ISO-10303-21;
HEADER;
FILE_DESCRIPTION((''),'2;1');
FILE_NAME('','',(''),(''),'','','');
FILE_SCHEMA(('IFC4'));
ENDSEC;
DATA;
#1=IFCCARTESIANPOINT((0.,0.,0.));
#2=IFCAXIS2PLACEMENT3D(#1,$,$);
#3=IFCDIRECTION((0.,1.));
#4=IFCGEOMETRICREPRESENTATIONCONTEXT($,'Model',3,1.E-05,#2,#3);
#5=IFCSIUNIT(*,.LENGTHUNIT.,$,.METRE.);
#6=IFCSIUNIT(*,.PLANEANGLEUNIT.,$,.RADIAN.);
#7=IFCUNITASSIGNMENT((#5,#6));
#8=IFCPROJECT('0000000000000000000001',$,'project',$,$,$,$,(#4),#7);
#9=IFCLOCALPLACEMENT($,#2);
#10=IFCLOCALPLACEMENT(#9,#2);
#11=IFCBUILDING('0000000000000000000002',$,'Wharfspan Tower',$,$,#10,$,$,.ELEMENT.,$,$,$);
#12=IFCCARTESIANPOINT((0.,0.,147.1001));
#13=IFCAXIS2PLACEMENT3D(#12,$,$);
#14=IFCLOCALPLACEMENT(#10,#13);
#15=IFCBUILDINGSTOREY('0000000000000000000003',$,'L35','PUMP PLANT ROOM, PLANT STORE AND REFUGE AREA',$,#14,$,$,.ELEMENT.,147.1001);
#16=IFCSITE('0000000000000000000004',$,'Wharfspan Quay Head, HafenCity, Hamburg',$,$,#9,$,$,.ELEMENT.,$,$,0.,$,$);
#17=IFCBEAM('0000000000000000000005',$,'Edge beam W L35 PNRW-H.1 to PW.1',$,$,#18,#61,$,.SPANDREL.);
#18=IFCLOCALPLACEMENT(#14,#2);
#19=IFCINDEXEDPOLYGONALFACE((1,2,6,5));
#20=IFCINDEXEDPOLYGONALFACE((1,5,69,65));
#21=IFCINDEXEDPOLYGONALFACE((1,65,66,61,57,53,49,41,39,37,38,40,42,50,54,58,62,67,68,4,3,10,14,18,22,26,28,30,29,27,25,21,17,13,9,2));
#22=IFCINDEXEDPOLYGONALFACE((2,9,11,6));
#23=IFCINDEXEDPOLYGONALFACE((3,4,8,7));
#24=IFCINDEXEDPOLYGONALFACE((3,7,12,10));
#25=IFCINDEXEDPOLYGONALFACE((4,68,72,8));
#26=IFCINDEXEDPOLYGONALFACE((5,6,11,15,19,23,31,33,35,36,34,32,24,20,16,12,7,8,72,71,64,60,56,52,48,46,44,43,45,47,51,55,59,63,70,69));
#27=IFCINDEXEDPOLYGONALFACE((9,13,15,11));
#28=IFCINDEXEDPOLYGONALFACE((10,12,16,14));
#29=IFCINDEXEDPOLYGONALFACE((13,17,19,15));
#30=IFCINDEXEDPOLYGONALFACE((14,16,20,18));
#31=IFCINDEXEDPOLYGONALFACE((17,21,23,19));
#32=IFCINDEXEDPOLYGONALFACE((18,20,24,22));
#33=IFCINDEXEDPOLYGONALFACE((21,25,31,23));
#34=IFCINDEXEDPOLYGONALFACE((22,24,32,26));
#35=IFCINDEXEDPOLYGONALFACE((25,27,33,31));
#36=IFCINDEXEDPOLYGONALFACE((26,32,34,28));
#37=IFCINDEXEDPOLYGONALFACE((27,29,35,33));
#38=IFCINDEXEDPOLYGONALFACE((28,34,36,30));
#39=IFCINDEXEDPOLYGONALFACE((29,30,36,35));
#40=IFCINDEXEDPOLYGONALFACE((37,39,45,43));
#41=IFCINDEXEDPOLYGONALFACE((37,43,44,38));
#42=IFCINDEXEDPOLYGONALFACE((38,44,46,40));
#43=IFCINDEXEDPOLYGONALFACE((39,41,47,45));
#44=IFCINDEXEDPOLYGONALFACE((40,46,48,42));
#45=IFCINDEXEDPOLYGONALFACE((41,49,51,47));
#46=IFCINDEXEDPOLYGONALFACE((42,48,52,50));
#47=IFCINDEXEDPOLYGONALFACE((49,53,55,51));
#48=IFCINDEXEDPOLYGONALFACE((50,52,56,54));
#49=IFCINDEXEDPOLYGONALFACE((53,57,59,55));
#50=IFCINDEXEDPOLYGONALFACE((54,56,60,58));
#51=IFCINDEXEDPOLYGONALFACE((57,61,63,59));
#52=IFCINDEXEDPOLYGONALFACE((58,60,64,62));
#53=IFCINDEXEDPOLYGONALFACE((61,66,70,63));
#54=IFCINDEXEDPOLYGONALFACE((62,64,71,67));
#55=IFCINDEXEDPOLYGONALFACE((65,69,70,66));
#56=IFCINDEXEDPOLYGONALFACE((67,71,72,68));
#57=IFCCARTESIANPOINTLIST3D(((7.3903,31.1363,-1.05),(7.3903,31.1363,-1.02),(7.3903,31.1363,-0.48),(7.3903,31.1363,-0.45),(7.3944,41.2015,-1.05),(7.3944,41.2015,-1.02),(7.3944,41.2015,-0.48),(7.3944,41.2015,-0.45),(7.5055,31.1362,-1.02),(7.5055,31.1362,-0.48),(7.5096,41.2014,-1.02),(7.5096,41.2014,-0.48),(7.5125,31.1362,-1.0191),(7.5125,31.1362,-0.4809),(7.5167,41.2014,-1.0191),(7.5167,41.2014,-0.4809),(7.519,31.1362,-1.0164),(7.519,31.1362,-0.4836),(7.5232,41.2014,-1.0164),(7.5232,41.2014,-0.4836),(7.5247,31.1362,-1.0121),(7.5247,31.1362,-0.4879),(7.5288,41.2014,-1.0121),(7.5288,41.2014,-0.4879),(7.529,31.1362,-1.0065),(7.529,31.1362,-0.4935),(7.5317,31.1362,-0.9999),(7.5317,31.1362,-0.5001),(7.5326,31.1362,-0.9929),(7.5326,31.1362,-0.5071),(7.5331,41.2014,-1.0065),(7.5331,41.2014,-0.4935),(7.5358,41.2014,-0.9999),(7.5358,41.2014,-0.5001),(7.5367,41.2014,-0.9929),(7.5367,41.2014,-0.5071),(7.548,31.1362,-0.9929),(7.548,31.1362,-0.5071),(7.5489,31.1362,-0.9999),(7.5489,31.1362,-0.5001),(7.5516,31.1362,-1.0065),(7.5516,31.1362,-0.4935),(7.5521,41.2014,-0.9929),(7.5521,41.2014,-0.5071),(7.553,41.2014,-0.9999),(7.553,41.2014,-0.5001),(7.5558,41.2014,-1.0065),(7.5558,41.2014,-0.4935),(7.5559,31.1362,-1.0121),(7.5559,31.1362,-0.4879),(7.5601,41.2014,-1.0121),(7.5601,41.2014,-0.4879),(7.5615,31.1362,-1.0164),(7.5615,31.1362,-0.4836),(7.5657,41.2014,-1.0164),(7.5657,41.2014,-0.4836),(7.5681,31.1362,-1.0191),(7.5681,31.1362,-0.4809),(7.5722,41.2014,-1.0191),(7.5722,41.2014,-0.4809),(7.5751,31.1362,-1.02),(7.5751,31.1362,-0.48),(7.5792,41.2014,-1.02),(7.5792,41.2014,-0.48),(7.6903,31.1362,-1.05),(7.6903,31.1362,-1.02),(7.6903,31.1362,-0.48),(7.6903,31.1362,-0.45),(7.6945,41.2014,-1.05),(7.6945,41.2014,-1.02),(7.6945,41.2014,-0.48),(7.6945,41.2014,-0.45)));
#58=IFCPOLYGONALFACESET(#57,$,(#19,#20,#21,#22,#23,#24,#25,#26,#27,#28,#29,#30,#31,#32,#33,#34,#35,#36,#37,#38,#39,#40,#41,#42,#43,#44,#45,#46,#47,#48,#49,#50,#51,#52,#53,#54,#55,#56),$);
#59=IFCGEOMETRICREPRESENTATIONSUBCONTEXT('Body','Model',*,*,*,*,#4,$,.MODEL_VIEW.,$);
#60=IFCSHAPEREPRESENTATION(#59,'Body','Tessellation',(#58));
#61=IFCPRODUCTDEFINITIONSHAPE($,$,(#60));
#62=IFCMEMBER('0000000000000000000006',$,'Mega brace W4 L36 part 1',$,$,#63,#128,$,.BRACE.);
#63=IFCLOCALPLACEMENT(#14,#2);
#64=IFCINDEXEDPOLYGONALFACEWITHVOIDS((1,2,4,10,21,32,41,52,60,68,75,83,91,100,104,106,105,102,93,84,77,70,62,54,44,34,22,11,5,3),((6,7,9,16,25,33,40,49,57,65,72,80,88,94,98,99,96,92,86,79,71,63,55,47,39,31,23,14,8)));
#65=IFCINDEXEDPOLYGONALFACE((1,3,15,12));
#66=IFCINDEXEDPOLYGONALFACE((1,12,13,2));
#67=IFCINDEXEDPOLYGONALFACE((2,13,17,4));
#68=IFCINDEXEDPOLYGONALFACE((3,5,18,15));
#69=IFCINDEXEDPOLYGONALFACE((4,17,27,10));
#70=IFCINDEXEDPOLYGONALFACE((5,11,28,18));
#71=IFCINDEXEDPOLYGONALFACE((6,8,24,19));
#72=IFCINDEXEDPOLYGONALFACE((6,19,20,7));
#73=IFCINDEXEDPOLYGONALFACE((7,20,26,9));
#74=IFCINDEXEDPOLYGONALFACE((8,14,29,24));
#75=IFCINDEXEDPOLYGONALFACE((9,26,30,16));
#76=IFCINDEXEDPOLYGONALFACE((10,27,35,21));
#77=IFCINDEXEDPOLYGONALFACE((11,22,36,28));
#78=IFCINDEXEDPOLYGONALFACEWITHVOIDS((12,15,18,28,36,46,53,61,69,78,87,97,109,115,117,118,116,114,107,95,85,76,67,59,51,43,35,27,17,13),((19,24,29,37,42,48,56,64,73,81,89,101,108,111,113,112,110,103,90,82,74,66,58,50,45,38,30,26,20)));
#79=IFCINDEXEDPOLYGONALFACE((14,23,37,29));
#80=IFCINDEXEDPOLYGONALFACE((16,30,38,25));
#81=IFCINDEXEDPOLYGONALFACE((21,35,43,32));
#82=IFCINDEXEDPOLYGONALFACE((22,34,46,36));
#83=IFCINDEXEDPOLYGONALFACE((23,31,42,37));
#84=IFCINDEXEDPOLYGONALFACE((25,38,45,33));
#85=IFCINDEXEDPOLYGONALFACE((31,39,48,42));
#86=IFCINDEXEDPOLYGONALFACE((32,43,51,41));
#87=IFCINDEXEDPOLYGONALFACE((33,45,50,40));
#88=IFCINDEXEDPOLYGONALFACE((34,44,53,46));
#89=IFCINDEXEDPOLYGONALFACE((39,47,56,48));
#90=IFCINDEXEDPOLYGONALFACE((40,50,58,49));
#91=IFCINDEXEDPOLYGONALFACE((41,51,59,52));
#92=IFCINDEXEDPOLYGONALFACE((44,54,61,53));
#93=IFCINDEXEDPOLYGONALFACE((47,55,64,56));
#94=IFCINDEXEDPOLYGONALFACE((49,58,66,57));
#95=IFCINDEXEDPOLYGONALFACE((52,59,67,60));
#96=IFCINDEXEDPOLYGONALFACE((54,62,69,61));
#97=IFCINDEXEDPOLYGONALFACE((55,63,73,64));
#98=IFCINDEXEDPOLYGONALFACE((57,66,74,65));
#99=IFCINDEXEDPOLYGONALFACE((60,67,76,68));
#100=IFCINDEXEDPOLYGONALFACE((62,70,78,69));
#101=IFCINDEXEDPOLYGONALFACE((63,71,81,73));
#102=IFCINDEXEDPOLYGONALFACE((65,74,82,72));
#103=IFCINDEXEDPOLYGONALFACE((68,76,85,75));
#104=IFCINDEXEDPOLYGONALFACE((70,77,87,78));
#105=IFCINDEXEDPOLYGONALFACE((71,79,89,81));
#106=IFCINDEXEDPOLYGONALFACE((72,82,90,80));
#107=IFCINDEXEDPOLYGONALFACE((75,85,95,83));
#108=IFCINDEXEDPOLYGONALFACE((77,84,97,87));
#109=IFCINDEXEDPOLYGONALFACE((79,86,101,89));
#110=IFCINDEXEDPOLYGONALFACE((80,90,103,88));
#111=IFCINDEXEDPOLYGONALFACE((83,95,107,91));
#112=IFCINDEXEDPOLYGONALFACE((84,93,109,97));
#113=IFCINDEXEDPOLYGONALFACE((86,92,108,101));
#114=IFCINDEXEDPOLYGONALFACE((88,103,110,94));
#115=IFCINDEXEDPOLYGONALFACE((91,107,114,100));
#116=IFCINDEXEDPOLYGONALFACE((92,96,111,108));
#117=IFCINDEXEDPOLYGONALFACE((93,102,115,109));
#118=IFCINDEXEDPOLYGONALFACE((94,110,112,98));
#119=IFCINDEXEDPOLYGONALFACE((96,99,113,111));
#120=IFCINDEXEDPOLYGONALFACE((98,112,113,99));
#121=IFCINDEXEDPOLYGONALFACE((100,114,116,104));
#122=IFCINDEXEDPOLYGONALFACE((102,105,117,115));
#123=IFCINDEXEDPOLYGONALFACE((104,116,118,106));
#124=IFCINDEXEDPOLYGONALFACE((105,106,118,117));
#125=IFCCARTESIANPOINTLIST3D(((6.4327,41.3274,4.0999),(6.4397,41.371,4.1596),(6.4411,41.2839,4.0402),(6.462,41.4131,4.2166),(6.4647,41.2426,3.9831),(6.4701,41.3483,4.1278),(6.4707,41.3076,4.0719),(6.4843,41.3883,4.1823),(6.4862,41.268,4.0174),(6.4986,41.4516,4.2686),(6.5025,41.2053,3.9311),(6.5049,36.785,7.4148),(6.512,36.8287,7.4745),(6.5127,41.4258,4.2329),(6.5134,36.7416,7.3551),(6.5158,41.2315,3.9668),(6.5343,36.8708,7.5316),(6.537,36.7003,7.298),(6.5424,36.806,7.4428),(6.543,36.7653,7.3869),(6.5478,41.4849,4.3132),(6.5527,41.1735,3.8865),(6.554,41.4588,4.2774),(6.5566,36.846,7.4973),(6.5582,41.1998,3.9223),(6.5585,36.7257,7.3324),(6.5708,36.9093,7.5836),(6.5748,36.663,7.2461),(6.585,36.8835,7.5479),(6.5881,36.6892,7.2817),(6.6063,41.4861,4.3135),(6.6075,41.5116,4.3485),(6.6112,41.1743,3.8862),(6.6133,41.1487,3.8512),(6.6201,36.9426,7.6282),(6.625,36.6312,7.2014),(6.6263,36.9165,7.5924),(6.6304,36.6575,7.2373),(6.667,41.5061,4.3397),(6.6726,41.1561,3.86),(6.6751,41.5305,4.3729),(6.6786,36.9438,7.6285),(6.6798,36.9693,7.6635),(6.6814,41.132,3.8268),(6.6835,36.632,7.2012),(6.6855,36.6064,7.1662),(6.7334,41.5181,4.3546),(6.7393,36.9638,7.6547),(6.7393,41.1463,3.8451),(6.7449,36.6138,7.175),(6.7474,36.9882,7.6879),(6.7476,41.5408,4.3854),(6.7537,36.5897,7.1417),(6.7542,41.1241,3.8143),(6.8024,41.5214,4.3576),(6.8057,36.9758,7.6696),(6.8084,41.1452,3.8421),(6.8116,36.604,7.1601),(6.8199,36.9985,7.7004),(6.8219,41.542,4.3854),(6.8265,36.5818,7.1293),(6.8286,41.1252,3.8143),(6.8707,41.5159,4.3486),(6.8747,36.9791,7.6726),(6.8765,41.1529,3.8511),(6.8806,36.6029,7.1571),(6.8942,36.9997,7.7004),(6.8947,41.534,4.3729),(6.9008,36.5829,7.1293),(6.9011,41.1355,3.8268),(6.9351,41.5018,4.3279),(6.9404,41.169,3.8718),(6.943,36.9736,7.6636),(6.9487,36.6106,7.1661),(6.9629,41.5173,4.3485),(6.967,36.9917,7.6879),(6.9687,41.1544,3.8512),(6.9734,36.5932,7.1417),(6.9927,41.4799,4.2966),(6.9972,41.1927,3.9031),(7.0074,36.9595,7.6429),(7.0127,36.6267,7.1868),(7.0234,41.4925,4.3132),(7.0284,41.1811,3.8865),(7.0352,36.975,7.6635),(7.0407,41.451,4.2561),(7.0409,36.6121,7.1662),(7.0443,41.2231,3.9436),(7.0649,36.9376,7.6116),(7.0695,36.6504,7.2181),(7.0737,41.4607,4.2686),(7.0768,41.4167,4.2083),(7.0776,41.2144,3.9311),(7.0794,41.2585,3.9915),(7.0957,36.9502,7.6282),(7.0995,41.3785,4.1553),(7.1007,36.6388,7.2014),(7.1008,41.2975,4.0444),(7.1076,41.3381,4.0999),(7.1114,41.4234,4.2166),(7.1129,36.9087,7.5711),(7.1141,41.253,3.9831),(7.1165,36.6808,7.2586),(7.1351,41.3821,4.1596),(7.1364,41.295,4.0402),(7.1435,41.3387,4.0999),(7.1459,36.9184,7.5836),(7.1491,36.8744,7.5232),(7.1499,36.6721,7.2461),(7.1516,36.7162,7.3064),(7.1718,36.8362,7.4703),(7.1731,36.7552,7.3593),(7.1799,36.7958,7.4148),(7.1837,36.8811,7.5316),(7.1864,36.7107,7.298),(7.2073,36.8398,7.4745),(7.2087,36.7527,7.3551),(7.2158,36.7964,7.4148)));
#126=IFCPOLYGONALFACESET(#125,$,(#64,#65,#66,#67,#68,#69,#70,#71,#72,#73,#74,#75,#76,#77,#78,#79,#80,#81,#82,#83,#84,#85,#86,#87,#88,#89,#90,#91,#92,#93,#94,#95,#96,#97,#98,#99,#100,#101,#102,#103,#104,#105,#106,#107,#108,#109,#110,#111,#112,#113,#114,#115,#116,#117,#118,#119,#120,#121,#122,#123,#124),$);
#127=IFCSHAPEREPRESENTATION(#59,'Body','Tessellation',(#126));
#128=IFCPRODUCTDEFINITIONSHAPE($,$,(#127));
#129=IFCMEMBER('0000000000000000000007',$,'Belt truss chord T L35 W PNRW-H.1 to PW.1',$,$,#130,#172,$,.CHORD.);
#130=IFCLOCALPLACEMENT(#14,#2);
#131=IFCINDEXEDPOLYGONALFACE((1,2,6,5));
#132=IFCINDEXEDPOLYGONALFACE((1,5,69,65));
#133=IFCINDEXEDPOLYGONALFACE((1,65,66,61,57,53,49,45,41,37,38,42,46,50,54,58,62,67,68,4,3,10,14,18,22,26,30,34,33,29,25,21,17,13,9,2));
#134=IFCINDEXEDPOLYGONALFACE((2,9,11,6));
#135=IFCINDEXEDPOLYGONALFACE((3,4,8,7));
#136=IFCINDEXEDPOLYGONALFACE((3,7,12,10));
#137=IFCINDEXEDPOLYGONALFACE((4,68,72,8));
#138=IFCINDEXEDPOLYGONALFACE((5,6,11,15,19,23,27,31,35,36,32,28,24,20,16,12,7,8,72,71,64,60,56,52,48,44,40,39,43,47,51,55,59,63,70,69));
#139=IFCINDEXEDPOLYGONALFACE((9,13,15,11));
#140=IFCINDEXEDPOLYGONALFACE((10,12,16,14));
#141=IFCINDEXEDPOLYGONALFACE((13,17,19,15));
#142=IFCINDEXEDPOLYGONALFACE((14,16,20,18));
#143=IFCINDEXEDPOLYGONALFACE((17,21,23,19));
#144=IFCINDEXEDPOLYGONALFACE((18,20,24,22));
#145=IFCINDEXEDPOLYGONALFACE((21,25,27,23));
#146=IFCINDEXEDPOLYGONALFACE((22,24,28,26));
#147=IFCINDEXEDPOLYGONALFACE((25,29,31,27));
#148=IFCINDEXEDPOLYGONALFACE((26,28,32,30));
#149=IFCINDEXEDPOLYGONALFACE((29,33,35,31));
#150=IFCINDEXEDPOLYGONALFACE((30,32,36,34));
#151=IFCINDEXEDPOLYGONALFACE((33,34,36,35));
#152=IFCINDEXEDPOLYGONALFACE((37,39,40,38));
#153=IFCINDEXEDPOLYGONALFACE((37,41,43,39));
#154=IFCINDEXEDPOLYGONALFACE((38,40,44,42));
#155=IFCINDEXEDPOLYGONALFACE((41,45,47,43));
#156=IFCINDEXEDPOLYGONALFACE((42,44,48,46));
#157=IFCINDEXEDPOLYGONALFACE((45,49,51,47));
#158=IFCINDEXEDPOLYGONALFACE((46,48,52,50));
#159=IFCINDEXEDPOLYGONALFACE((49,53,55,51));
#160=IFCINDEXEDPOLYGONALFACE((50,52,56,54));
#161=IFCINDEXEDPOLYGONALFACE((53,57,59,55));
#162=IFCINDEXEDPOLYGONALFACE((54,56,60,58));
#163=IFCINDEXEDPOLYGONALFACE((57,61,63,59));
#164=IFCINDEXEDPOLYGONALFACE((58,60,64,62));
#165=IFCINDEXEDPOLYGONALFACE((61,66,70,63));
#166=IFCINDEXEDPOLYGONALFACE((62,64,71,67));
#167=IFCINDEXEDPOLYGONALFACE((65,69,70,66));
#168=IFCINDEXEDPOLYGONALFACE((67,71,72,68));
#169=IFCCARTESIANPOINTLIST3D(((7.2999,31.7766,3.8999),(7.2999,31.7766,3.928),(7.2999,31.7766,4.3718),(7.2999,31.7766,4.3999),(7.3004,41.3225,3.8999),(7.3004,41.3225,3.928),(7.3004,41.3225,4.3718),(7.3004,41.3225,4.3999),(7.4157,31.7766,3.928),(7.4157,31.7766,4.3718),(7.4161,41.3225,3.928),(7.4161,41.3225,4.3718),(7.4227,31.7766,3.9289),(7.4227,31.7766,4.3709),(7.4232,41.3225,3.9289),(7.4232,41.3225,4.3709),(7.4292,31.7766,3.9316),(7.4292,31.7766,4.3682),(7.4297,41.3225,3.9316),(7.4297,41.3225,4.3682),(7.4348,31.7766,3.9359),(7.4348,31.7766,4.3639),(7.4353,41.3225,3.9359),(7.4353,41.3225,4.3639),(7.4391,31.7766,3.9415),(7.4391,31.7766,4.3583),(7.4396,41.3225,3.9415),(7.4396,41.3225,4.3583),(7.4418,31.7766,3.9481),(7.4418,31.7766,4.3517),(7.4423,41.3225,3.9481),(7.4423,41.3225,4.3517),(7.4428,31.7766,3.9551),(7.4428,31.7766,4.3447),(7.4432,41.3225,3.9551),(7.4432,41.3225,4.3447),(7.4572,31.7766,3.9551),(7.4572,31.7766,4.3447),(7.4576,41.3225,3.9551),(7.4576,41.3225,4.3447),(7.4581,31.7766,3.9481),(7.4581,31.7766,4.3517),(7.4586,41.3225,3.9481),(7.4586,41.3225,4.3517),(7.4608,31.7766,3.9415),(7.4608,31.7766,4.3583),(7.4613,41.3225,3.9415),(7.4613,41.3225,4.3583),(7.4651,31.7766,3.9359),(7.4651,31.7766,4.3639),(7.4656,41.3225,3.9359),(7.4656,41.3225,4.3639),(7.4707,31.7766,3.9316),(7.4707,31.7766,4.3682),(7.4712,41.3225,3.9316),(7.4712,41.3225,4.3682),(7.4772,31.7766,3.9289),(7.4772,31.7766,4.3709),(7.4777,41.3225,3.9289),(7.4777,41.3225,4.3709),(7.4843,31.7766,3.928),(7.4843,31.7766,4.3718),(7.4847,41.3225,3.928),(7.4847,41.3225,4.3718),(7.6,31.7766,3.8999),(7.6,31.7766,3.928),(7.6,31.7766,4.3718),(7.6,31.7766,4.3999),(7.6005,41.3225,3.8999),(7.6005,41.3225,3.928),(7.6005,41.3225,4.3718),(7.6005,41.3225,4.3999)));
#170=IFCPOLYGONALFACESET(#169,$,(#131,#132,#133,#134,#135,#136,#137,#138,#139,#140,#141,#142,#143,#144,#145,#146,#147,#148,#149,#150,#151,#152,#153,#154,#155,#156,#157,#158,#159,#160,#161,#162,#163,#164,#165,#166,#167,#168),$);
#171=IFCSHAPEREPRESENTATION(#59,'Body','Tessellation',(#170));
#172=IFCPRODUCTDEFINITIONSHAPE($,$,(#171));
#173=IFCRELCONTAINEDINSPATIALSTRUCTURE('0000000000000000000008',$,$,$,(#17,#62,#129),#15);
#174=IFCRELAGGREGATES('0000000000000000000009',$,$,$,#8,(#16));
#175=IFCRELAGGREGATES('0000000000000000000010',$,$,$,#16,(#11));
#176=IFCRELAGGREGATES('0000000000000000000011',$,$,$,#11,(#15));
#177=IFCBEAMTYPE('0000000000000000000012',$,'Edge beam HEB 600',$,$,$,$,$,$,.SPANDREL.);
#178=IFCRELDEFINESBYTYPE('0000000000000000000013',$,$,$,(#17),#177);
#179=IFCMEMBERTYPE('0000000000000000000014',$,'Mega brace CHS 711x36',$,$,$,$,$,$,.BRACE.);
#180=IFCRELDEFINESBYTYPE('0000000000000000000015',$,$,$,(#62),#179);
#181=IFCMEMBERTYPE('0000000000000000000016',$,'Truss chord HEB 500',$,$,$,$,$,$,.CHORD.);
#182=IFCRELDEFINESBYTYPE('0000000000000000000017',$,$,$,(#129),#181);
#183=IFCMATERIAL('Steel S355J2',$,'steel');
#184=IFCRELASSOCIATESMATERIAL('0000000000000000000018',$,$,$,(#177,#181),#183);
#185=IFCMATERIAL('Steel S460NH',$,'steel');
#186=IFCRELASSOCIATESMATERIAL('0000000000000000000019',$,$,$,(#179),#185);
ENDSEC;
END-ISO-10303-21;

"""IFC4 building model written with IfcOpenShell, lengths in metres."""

from ifc_helpers import new_model, si_unit, direction, frame, origin, origin_2d, place, context, subcontext, project, spatial, hollow_circle, i_section, extrude, material, material_profile, profile_set, type_object, element, save


model = new_model("IFC4")

# Units and contexts
model_context = context("Model", 3, precision=1e-05, world=origin(), true_north=direction((0.0, 1.0)))
body_context = subcontext(model_context, "Body", "Model", "MODEL_VIEW")
ifc_project = project(units=[si_unit("LENGTHUNIT", "METRE"), si_unit("PLANEANGLEUNIT", "RADIAN")], contexts=[model_context])

# Site, building, storey
site_placement = place(None, origin())
site = spatial("IfcSite", under=ifc_project, at=site_placement, Name="Wharfspan Quay Head, HafenCity, Hamburg", CompositionType="ELEMENT", RefElevation=0.0)
building_placement = place(site_placement, origin())
building = spatial("IfcBuilding", under=site, at=building_placement, Name="Wharfspan Tower", CompositionType="ELEMENT")
storey_placement = place(building_placement, frame((0.0, 0.0, 147.1001)))
storey = spatial("IfcBuildingStorey", under=building, at=storey_placement, Name="L35", Description="PUMP PLANT ROOM, PLANT STORE AND REFUGE AREA", CompositionType="ELEMENT", Elevation=147.1001)

# Shared definitions
ifc_material_1 = material(Name="Steel S355J2", Category="steel")

# Beam
ifc_material_profile_1 = material_profile(ifc_material_1, i_section(OverallWidth=0.3, OverallDepth=0.6001, WebThickness=0.0154, FlangeThickness=0.03, FilletRadius=0.0271, at=origin_2d()))
ifc_profile_set_1 = profile_set([ifc_material_profile_1], Name="Steel S355J2")
beam_type = type_object("IfcBeamType", Name="Edge beam HEB 600", PredefinedType="SPANDREL", material=ifc_profile_set_1)
beam_placement = place(storey_placement, frame((7.5444, 41.2014, -0.75), z_axis=(-0.000412, -1.0, 0.0), x_axis=(1.0, -0.000412, 0.0)))
element("IfcBeam", 1, at=beam_placement, inside=storey, type_object=beam_type, Name="Edge beam W L35 PNRW-H.1 to PW.1", PredefinedType="SPANDREL", context=body_context, shape_type="SweptSolid", body=[
    extrude(i_section(OverallWidth=0.3, OverallDepth=0.6001, WebThickness=0.0154, FlangeThickness=0.03, FilletRadius=0.0271, at=origin_2d()), origin(), (0.0, 0.0, 1.0), 10.0652),
])

# Members
ifc_material_2 = material(Name="Steel S460NH", Category="steel")
ifc_material_profile_2 = material_profile(ifc_material_2, hollow_circle(Radius=0.3555, WallThickness=0.0359, at=origin_2d()))
ifc_profile_set_2 = profile_set([ifc_material_profile_2], Name="Steel S460NH")
member_type_1 = type_object("IfcMemberType", Name="Mega brace CHS 711x36", PredefinedType="BRACE", material=ifc_profile_set_2)
member_1_placement = place(storey_placement, frame((6.7881, 41.333, 4.0999), z_axis=(0.01285, -0.807696, 0.589459), x_axis=(0.999875, 0.015906, -0.000002)))
element("IfcMember", 2, at=member_1_placement, inside=storey, type_object=member_type_1, Name="Mega brace W4 L36 part 1", PredefinedType="BRACE", context=body_context, shape_type="SweptSolid", body=[
    extrude(hollow_circle(Radius=0.3555, WallThickness=0.0359, at=origin_2d()), origin(), (0.0, 0.0, 1.0), 5.6238),
])
ifc_material_profile_3 = material_profile(ifc_material_1, i_section(OverallWidth=0.3, OverallDepth=0.5, WebThickness=0.0144, FlangeThickness=0.0281, FilletRadius=0.0271, at=origin_2d()))
ifc_profile_set_3 = profile_set([ifc_material_profile_3], Name="Steel S355J2")
member_type_2 = type_object("IfcMemberType", Name="Truss chord HEB 500", PredefinedType="CHORD", material=ifc_profile_set_3)
for number, where, z_axis, x_axis, name in (
    (3, (7.4504, 41.3225, 4.1499), (-0.000051, -1.0, 0.0), (1.0, -0.000051, 0.0), "Belt truss chord T L35 W PNRW-H.1 to PW.1"),
):
    element("IfcMember", number, at=place(storey_placement, frame(where, z_axis=z_axis, x_axis=x_axis)), inside=storey, type_object=member_type_2, Name=name, PredefinedType="CHORD", context=body_context, shape_type="SweptSolid", body=[
        extrude(i_section(OverallWidth=0.3, OverallDepth=0.5, WebThickness=0.0144, FlangeThickness=0.0281, FilletRadius=0.0271, at=origin_2d()), origin(), (0.0, 0.0, 1.0), 9.5459),
    ])

save(model, "model.ifc")
